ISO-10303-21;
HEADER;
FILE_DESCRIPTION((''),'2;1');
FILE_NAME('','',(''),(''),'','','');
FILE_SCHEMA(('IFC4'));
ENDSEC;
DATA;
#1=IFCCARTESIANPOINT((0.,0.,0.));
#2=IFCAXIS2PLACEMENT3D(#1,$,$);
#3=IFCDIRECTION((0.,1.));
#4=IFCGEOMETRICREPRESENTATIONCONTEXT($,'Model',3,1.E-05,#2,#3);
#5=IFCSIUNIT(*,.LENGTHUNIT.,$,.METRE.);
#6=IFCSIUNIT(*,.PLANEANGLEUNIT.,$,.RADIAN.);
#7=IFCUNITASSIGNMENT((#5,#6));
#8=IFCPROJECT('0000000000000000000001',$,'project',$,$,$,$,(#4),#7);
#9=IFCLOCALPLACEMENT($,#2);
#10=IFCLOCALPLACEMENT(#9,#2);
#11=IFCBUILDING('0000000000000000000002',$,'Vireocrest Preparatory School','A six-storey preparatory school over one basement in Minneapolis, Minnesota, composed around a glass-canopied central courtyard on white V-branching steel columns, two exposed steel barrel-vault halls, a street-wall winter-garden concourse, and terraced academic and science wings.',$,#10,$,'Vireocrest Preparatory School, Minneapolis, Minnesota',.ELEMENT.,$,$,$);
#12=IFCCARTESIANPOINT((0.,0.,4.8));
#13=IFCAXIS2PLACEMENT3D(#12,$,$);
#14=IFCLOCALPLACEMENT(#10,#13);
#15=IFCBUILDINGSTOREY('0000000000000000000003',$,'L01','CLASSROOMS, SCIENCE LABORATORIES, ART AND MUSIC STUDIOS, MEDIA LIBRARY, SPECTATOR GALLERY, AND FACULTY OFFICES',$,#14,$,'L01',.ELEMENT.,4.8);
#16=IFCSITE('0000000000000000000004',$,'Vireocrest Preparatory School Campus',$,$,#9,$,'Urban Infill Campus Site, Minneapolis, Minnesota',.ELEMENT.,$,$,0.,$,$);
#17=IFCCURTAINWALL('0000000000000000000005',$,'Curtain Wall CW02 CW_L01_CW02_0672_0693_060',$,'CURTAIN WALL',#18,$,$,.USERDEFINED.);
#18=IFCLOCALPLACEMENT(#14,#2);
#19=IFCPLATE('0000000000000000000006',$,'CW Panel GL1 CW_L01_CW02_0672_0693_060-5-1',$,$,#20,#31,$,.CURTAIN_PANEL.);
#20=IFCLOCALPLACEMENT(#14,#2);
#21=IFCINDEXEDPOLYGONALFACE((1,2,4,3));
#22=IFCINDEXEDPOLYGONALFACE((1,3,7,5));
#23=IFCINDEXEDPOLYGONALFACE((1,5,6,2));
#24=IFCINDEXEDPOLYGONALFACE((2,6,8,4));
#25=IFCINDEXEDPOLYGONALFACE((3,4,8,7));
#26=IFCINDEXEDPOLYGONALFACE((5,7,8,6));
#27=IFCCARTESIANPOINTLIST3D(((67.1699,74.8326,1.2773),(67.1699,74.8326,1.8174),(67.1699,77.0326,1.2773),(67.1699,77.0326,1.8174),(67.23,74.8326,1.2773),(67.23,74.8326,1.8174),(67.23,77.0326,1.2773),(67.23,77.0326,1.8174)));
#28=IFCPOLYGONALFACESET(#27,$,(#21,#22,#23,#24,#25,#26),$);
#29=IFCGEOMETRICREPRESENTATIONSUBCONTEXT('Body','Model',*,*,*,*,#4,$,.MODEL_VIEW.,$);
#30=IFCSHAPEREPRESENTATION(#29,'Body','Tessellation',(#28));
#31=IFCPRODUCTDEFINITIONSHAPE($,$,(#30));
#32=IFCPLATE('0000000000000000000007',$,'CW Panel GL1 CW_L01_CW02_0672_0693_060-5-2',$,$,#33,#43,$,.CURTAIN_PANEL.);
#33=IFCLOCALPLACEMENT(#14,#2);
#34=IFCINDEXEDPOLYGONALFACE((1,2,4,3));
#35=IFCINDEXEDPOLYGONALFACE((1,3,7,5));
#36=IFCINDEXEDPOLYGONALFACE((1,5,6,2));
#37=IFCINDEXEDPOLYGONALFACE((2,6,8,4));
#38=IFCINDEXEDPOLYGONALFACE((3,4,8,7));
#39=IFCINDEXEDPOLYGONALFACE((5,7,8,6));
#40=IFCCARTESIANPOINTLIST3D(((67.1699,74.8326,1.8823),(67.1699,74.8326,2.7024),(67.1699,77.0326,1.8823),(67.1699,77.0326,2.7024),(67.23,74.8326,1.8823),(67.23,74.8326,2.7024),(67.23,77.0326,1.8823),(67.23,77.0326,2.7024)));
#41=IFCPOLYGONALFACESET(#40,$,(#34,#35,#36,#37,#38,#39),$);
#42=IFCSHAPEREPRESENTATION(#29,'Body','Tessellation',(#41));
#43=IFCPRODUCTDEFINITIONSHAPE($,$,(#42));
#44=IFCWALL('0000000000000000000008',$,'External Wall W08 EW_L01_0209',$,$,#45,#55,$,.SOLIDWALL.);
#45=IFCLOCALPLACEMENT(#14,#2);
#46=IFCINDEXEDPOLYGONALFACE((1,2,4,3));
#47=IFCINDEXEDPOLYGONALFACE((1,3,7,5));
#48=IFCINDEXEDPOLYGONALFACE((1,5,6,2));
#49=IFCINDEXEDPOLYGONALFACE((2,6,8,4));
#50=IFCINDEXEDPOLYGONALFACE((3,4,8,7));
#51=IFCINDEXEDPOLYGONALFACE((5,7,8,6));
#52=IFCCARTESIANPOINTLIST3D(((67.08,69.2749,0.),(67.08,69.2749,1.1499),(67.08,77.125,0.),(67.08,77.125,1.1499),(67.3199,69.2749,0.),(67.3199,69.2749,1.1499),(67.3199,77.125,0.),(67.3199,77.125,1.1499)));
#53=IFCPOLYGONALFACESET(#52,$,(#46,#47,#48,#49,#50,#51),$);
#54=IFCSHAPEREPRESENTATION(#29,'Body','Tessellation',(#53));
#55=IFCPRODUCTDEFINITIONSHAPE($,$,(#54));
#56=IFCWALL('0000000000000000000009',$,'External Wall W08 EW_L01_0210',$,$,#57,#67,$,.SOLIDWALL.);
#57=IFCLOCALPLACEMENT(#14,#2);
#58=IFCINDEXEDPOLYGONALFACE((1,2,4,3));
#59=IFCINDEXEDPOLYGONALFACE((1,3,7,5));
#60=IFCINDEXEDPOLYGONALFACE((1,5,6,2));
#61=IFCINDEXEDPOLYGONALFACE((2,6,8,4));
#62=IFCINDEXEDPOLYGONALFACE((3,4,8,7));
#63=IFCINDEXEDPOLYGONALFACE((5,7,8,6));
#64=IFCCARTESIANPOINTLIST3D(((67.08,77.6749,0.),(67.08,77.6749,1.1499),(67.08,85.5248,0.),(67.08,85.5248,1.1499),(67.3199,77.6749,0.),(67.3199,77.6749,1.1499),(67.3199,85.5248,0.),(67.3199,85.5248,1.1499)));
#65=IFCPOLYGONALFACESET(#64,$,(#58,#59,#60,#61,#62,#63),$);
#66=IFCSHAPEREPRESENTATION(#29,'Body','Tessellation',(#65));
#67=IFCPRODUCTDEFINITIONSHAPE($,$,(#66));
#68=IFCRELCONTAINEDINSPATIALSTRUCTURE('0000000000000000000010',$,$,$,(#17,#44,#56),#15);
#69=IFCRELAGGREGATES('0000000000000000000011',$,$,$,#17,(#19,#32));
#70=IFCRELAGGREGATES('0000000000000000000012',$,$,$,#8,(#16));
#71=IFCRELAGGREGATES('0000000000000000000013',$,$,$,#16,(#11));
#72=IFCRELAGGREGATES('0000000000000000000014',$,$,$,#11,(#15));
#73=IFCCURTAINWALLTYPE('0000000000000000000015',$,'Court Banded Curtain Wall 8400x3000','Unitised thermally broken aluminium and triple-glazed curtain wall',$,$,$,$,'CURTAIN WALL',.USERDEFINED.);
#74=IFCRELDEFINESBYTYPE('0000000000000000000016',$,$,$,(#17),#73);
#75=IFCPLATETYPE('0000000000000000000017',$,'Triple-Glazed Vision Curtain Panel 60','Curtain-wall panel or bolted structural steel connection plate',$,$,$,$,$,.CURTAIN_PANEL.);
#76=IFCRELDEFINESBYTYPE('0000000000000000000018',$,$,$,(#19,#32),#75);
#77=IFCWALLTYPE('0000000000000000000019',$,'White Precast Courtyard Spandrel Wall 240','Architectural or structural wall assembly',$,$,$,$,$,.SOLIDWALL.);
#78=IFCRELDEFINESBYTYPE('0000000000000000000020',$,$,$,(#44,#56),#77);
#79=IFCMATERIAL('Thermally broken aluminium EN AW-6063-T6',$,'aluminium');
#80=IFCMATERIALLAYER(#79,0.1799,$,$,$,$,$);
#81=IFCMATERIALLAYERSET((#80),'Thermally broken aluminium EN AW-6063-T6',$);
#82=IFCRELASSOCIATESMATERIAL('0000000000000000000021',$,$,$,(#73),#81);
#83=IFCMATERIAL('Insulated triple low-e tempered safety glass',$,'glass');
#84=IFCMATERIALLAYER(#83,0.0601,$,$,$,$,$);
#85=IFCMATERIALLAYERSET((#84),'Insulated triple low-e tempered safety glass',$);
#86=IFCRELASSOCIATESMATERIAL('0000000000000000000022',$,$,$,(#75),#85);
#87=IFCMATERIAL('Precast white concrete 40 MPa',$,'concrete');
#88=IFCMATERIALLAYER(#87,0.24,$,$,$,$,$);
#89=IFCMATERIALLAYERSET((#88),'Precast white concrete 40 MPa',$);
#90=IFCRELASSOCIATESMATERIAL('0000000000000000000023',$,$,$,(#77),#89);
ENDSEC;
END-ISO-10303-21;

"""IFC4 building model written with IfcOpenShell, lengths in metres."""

from ifc_helpers import new_model, si_unit, direction, frame, frame_2d, origin, origin_2d, place, context, subcontext, project, spatial, rectangle, extrude, material, layer, layer_set, type_object, element, aggregate, save


model = new_model("IFC4")

# Units and contexts
model_context = context("Model", 3, precision=1e-05, world=origin(), true_north=direction((0.0, 1.0)))
body_context = subcontext(model_context, "Body", "Model", "MODEL_VIEW")
ifc_project = project(units=[si_unit("LENGTHUNIT", "METRE"), si_unit("PLANEANGLEUNIT", "RADIAN")], contexts=[model_context])

# Site, building, storey
site_placement = place(None, origin())
site = spatial("IfcSite", under=ifc_project, at=site_placement, Name="Vireocrest Preparatory School Campus", LongName="Urban Infill Campus Site, Minneapolis, Minnesota", CompositionType="ELEMENT", RefElevation=0.0)
building_placement = place(site_placement, origin())
building = spatial("IfcBuilding", under=site, at=building_placement, Name="Vireocrest Preparatory School", Description="A six-storey preparatory school over one basement in Minneapolis, Minnesota, composed around a glass-canopied central courtyard on white V-branching steel columns, two exposed steel barrel-vault halls, a street-wall winter-garden concourse, and terraced academic and science wings.", LongName="Vireocrest Preparatory School, Minneapolis, Minnesota", CompositionType="ELEMENT")
storey_placement = place(building_placement, frame((0.0, 0.0, 4.8)))
storey = spatial("IfcBuildingStorey", under=building, at=storey_placement, Name="L01", Description="CLASSROOMS, SCIENCE LABORATORIES, ART AND MUSIC STUDIOS, MEDIA LIBRARY, SPECTATOR GALLERY, AND FACULTY OFFICES", LongName="L01", CompositionType="ELEMENT", Elevation=4.8)

# Curtain wall
ifc_material_1 = material(Name="Thermally broken aluminium EN AW-6063-T6", Category="aluminium")
ifc_layer_1 = layer(ifc_material_1, 0.1799)
ifc_layer_set_1 = layer_set([ifc_layer_1], Name="Thermally broken aluminium EN AW-6063-T6")
curtain_wall_type = type_object("IfcCurtainWallType", Name="Court Banded Curtain Wall 8400x3000", Description="Unitised thermally broken aluminium and triple-glazed curtain wall", ElementType="CURTAIN WALL", PredefinedType="USERDEFINED", material=ifc_layer_set_1)
curtain_wall_1_placement = place(storey_placement, origin())
curtain_wall_1 = element("IfcCurtainWall", 1, at=curtain_wall_1_placement, inside=storey, type_object=curtain_wall_type, Name="Curtain Wall CW02 CW_L01_CW02_0672_0693_060", ObjectType="CURTAIN WALL", PredefinedType="USERDEFINED")

# Plates
ifc_material_2 = material(Name="Insulated triple low-e tempered safety glass", Category="glass")
ifc_layer_2 = layer(ifc_material_2, 0.0601)
ifc_layer_set_2 = layer_set([ifc_layer_2], Name="Insulated triple low-e tempered safety glass")
plate_type = type_object("IfcPlateType", Name="Triple-Glazed Vision Curtain Panel 60", Description="Curtain-wall panel or bolted structural steel connection plate", PredefinedType="CURTAIN_PANEL", material=ifc_layer_set_2)
plate_1_placement = place(storey_placement, frame((67.2, 75.9326, 1.2773), z_axis=(0.0, 0.0, 1.0), x_axis=(0.0, 1.0, 0.0)))
plate_1 = element("IfcPlate", 2, at=plate_1_placement, type_object=plate_type, Name="CW Panel GL1 CW_L01_CW02_0672_0693_060-5-1", PredefinedType="CURTAIN_PANEL", context=body_context, shape_type="SweptSolid", body=[
    extrude(rectangle(XDim=2.2, YDim=0.0601, at=origin_2d()), origin(), (0.0, 0.0, 1.0), 0.54),
])
plate_2_placement = place(storey_placement, frame((67.2, 75.9326, 1.8823), z_axis=(0.0, 0.0, 1.0), x_axis=(0.0, 1.0, 0.0)))
plate_2 = element("IfcPlate", 3, at=plate_2_placement, type_object=plate_type, Name="CW Panel GL1 CW_L01_CW02_0672_0693_060-5-2", PredefinedType="CURTAIN_PANEL", context=body_context, shape_type="SweptSolid", body=[
    extrude(rectangle(XDim=2.2, YDim=0.0601, at=origin_2d()), origin(), (0.0, 0.0, 1.0), 0.8201),
])
aggregate(curtain_wall_1, [plate_1, plate_2])

# Walls
ifc_material_3 = material(Name="Precast white concrete 40 MPa", Category="concrete")
ifc_layer_3 = layer(ifc_material_3, 0.24)
ifc_layer_set_3 = layer_set([ifc_layer_3], Name="Precast white concrete 40 MPa")
wall_type = type_object("IfcWallType", Name="White Precast Courtyard Spandrel Wall 240", Description="Architectural or structural wall assembly", PredefinedType="SOLIDWALL", material=ifc_layer_set_3)
wall_1_placement = place(storey_placement, frame((67.2, 69.2749, 0.0), z_axis=(0.0, 0.0, 1.0), x_axis=(0.0, 1.0, 0.0)))
element("IfcWall", 4, at=wall_1_placement, inside=storey, type_object=wall_type, Name="External Wall W08 EW_L01_0209", PredefinedType="SOLIDWALL", context=body_context, shape_type="SweptSolid", body=[
    extrude(rectangle(XDim=7.8501, YDim=0.24, at=frame_2d((3.925, 0.0))), origin(), (0.0, 0.0, 1.0), 1.1499),
])
wall_2_placement = place(storey_placement, frame((67.2, 77.675, 0.0), z_axis=(0.0, 0.0, 1.0), x_axis=(0.0, 1.0, 0.0)))
element("IfcWall", 5, at=wall_2_placement, inside=storey, type_object=wall_type, Name="External Wall W08 EW_L01_0210", PredefinedType="SOLIDWALL", context=body_context, shape_type="SweptSolid", body=[
    extrude(rectangle(XDim=7.8499, YDim=0.24, at=frame_2d((3.9248, 0.0))), origin(), (0.0, 0.0, 1.0), 1.1499),
])

save(model, "model.ifc")
